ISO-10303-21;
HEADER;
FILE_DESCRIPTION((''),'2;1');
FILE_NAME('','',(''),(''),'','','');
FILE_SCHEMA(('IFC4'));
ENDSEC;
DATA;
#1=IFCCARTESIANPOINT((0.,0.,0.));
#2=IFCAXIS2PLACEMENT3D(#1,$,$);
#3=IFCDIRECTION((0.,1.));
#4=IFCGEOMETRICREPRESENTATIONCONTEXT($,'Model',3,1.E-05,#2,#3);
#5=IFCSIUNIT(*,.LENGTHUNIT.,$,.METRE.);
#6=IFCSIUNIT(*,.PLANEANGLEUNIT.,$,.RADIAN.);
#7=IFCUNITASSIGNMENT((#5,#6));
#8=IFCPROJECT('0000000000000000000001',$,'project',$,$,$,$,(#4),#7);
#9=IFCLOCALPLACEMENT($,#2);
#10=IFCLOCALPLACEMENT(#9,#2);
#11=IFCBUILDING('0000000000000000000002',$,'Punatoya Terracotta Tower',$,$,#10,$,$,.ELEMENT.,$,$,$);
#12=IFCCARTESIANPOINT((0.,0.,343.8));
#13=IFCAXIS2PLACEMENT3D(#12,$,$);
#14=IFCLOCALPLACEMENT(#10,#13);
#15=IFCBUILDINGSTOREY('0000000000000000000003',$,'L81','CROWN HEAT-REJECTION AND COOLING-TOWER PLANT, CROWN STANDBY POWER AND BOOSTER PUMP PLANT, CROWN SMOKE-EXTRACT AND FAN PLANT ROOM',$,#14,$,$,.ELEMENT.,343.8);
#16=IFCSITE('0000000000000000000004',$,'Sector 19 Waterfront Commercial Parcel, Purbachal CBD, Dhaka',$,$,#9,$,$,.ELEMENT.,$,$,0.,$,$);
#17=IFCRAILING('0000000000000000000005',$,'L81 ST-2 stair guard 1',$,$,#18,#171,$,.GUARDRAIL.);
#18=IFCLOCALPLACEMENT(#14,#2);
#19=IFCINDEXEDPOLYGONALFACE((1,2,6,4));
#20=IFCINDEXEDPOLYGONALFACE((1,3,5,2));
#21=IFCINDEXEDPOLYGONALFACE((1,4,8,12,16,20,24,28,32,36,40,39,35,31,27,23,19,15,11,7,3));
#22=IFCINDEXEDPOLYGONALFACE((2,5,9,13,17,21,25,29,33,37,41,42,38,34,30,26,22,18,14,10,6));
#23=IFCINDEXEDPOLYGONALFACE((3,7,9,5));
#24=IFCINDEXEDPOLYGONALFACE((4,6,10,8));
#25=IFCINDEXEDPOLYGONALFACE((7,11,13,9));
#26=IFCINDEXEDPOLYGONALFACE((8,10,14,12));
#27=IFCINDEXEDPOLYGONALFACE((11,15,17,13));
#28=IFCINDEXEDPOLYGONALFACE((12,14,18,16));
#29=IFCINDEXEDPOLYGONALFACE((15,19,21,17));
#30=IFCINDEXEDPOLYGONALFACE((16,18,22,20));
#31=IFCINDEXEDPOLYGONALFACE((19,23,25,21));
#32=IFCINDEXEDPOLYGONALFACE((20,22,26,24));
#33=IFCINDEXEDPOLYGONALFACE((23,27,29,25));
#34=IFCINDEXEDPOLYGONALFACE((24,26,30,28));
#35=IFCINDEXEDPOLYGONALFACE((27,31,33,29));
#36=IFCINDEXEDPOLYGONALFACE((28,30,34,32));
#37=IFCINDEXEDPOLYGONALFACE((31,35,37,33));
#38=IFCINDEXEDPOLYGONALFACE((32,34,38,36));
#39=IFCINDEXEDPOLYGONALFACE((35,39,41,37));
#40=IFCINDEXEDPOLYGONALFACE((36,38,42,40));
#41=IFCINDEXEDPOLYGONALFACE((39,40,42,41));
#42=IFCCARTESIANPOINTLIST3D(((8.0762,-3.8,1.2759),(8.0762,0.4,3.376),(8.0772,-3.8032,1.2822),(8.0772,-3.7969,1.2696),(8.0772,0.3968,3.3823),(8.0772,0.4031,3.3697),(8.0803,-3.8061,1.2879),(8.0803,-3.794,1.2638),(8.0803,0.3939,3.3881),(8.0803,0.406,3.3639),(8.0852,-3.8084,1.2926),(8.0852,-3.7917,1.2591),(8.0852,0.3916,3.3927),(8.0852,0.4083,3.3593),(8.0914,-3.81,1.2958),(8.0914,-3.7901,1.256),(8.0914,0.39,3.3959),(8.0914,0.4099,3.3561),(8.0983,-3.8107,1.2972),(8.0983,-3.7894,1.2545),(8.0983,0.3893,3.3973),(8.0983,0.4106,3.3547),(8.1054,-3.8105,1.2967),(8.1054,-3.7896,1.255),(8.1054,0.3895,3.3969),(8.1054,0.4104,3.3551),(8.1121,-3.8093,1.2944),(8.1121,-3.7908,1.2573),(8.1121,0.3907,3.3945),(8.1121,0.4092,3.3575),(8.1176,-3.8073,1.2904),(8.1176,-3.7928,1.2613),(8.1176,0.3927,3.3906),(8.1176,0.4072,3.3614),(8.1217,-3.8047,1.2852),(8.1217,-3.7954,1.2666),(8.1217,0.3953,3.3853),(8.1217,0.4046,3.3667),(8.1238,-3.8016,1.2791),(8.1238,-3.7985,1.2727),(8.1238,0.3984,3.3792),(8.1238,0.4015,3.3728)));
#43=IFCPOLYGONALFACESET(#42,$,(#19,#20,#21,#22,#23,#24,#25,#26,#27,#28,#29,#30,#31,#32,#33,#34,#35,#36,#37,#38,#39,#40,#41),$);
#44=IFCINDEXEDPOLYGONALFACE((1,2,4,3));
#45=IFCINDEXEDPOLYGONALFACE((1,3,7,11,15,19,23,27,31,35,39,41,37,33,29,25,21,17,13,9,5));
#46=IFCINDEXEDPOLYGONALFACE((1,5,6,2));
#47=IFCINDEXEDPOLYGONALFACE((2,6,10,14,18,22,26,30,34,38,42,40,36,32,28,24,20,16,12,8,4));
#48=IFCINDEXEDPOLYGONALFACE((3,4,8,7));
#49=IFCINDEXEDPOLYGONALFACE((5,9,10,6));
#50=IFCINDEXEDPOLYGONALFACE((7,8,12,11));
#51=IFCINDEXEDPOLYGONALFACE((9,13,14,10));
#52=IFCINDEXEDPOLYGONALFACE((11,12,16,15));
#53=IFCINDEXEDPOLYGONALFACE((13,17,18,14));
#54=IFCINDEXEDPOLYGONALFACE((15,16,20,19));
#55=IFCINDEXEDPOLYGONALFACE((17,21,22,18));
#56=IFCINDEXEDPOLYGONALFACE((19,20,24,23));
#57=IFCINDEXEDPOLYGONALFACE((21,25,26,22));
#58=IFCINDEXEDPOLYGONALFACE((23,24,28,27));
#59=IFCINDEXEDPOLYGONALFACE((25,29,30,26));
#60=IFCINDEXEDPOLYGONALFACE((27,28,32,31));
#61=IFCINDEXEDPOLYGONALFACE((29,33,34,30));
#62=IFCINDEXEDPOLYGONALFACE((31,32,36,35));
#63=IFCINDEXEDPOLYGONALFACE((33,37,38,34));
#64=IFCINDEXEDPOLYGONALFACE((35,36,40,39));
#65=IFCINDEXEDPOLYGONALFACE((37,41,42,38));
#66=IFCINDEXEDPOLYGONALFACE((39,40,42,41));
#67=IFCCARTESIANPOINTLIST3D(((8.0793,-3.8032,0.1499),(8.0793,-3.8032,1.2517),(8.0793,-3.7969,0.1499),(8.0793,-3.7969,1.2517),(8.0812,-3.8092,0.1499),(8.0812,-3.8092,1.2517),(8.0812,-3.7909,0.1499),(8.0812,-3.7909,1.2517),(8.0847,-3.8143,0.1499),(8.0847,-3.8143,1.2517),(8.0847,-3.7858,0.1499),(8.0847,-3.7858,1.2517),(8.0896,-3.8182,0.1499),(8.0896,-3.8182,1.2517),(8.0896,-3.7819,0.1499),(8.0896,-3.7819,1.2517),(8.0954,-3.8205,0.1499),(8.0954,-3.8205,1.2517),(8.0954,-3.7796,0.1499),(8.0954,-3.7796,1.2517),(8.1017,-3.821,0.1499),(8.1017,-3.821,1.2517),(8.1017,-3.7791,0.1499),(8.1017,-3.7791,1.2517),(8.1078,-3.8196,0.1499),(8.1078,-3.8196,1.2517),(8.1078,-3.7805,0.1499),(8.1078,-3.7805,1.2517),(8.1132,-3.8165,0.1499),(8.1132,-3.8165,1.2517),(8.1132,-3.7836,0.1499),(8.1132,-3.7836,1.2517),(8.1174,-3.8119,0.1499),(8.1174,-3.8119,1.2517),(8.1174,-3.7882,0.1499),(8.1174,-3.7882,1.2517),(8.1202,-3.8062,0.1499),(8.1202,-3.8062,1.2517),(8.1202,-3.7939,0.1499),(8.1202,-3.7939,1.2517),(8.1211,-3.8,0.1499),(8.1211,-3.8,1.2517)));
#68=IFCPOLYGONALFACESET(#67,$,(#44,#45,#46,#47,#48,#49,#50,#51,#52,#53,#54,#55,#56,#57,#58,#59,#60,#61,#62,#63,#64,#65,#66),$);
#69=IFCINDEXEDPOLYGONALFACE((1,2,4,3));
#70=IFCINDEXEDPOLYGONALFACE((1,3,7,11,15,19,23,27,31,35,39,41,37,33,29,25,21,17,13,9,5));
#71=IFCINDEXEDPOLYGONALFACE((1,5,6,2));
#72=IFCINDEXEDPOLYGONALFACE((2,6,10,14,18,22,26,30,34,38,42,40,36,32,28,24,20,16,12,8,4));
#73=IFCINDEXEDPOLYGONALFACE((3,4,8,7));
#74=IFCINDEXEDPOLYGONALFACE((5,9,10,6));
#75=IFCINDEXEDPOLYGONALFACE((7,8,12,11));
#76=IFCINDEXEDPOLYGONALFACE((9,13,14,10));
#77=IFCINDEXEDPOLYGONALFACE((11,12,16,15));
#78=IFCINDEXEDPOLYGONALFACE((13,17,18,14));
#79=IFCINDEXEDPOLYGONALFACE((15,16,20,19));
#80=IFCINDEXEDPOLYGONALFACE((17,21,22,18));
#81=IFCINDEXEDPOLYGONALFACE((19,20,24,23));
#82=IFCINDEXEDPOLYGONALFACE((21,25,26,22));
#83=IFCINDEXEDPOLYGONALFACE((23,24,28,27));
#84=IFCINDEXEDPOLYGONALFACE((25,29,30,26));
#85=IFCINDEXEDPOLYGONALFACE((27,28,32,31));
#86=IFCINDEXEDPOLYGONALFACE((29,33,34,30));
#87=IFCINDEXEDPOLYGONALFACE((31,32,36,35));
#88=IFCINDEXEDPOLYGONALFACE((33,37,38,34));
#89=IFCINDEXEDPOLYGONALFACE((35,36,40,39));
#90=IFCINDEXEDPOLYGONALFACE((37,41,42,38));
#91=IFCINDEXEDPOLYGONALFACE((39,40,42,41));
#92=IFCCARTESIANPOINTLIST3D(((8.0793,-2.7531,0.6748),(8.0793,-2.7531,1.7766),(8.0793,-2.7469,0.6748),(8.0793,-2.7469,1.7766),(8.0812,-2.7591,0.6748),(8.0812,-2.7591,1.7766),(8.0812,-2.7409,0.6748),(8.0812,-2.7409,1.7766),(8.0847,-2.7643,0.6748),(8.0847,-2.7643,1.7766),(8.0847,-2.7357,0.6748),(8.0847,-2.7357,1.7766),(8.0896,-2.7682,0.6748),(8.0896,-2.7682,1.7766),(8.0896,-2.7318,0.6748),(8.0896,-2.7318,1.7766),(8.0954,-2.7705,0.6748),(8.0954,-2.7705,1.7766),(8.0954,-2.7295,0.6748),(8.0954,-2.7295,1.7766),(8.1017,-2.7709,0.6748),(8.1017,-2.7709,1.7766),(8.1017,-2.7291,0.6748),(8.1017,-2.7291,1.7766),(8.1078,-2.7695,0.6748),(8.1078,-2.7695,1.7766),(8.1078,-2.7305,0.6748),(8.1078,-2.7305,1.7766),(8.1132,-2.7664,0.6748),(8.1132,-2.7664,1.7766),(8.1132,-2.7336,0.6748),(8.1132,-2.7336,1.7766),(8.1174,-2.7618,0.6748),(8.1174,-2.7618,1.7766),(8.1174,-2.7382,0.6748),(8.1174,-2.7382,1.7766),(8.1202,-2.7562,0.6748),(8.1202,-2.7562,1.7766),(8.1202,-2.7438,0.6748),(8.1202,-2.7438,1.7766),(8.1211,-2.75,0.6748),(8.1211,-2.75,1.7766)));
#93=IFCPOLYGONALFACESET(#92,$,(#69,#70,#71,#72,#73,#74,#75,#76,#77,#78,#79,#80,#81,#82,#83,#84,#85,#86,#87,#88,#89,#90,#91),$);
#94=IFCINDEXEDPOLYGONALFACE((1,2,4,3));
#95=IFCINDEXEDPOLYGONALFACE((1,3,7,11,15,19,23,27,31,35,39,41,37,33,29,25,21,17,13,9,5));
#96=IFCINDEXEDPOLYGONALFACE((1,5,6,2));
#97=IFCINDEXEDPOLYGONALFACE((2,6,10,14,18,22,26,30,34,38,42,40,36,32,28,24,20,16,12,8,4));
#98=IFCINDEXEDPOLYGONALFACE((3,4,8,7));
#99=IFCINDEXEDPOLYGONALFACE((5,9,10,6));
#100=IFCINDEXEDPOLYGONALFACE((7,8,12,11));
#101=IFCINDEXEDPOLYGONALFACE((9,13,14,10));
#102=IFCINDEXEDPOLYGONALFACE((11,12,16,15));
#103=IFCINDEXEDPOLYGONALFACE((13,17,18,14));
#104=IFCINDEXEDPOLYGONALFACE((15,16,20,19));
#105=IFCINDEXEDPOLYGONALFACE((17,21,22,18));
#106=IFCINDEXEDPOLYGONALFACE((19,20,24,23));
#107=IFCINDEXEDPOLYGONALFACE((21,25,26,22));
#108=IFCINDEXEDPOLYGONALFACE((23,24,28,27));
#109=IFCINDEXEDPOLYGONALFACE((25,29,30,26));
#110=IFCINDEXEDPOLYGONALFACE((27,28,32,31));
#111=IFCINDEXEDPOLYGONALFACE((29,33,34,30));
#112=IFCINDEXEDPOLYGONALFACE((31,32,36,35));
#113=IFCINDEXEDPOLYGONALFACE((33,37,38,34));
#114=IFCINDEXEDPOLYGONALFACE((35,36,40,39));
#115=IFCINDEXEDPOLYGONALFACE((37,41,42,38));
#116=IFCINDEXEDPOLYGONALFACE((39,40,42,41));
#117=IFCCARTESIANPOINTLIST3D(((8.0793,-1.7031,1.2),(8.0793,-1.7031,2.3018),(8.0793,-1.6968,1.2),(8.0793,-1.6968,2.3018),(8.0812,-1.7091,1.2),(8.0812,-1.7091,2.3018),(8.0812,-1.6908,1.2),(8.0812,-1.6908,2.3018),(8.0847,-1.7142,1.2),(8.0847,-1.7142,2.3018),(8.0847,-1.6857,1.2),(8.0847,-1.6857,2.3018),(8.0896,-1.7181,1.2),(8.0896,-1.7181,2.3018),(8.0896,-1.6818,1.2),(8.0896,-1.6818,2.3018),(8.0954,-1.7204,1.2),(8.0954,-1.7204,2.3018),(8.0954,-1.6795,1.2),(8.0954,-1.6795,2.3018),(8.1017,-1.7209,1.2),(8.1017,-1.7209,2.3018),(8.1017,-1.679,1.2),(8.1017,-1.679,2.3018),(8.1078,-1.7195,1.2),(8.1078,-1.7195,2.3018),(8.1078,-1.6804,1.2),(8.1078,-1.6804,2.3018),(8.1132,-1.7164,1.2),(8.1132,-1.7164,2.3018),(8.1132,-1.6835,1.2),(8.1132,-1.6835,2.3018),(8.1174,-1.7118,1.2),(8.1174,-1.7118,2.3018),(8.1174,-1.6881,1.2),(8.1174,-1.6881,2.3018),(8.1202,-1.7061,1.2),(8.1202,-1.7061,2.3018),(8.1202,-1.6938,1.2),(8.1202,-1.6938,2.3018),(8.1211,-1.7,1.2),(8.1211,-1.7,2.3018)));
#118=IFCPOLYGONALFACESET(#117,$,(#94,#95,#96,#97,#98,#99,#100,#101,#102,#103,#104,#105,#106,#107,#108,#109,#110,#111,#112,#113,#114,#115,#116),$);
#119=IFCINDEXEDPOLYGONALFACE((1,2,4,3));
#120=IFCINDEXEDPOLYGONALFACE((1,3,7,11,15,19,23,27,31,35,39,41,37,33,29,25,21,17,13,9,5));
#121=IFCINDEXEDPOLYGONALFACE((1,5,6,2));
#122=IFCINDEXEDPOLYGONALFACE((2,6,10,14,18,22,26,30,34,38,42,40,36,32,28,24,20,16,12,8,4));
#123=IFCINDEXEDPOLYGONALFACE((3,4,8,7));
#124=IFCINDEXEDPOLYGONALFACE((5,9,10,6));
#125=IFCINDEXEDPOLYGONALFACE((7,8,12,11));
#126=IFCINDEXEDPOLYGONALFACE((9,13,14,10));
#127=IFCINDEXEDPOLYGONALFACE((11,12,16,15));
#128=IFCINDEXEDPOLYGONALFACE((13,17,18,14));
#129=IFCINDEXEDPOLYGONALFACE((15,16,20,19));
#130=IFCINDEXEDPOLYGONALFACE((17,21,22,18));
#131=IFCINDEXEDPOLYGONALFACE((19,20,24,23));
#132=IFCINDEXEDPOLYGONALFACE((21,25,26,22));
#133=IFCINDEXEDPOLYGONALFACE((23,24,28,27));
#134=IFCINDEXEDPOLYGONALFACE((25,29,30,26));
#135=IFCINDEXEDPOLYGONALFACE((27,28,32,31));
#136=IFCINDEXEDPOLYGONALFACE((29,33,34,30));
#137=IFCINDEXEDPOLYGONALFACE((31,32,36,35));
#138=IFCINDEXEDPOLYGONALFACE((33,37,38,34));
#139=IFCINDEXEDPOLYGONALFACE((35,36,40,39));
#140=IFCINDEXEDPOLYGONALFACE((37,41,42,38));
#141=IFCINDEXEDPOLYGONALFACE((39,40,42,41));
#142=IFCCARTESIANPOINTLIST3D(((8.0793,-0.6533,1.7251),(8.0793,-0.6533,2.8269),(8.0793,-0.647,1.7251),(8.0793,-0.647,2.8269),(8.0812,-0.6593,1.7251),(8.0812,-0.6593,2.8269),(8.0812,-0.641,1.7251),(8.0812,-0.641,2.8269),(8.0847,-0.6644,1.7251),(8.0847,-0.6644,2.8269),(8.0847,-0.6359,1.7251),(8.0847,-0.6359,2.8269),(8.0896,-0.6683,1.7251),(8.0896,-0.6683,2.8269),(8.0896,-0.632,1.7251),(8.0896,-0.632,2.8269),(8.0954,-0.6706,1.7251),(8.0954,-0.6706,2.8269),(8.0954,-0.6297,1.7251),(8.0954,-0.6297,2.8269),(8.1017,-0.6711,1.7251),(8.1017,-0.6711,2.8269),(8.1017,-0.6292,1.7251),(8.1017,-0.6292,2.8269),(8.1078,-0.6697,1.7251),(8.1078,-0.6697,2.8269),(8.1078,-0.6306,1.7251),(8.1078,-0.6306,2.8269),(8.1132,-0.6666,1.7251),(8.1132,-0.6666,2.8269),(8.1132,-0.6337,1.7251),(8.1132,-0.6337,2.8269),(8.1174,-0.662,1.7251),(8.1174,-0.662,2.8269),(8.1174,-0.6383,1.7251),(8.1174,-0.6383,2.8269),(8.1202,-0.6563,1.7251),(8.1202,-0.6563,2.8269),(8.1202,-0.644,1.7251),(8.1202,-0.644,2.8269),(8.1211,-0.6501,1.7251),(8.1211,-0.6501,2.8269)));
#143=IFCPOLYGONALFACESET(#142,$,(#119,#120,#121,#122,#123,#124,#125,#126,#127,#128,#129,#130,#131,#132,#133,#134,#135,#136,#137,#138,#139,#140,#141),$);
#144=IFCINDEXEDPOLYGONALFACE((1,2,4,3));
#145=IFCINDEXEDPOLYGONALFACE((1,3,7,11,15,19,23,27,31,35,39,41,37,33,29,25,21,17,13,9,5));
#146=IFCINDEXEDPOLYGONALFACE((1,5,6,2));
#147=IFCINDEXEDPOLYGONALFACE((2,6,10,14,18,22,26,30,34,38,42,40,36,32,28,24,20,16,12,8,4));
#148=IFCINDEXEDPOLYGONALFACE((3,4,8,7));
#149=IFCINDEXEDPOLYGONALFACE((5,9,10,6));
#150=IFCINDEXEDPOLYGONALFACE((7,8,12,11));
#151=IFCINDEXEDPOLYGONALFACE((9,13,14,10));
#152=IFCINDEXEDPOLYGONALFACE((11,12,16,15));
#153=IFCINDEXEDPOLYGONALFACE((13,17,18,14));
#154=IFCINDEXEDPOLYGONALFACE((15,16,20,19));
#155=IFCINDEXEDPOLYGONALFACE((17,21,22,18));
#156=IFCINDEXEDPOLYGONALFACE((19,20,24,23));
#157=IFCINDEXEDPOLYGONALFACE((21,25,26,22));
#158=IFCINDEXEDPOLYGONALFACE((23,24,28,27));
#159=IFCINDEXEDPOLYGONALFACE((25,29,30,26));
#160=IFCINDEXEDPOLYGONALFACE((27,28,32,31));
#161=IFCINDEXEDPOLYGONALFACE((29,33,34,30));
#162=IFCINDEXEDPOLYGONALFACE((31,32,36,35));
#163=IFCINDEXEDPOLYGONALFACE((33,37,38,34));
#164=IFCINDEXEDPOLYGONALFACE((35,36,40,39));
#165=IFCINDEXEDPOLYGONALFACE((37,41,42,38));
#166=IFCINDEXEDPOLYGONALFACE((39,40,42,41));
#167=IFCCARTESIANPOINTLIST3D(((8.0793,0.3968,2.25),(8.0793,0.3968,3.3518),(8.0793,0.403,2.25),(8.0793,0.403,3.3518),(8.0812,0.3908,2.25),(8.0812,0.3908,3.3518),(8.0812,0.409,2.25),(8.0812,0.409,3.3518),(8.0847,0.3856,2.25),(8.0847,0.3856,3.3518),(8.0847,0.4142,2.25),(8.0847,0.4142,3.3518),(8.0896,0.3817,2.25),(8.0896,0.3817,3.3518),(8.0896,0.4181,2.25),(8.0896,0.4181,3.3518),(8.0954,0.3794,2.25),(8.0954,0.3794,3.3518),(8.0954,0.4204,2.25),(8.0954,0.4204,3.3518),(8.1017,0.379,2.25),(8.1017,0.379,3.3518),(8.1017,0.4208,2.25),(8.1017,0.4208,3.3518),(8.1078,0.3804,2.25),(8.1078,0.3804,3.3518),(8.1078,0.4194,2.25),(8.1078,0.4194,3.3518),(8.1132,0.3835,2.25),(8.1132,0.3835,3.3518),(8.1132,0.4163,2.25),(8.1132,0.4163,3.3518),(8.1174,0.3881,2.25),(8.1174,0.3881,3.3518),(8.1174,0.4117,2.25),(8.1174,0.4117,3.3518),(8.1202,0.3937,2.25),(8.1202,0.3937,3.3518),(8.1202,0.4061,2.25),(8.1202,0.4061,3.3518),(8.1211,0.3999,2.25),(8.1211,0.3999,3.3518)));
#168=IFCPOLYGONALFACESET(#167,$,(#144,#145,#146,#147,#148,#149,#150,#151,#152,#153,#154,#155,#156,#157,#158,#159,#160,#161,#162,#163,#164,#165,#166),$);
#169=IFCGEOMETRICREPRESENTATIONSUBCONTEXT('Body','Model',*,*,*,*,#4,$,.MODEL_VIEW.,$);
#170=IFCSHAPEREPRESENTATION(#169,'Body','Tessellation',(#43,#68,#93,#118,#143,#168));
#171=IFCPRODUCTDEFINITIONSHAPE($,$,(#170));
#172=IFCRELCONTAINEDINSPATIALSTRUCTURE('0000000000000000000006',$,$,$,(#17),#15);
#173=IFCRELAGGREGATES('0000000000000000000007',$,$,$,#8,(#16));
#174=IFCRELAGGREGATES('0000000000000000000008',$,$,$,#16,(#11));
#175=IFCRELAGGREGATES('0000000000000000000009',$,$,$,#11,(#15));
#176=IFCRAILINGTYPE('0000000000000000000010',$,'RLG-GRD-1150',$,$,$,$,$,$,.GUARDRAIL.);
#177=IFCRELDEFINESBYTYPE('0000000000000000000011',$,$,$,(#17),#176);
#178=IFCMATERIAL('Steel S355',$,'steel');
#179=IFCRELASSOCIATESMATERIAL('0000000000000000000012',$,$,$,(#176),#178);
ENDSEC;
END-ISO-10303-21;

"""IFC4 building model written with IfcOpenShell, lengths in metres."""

from ifc_helpers import new_model, si_unit, direction, frame, origin, origin_2d, place, context, subcontext, project, spatial, circle, extrude, material, type_object, element, save


model = new_model("IFC4")

# Units and contexts
model_context = context("Model", 3, precision=1e-05, world=origin(), true_north=direction((0.0, 1.0)))
body_context = subcontext(model_context, "Body", "Model", "MODEL_VIEW")
ifc_project = project(units=[si_unit("LENGTHUNIT", "METRE"), si_unit("PLANEANGLEUNIT", "RADIAN")], contexts=[model_context])

# Site, building, storey
site_placement = place(None, origin())
site = spatial("IfcSite", under=ifc_project, at=site_placement, Name="Sector 19 Waterfront Commercial Parcel, Purbachal CBD, Dhaka", CompositionType="ELEMENT", RefElevation=0.0)
building_placement = place(site_placement, origin())
building = spatial("IfcBuilding", under=site, at=building_placement, Name="Punatoya Terracotta Tower", CompositionType="ELEMENT")
storey_placement = place(building_placement, frame((0.0, 0.0, 343.8)))
storey = spatial("IfcBuildingStorey", under=building, at=storey_placement, Name="L81", Description="CROWN HEAT-REJECTION AND COOLING-TOWER PLANT, CROWN STANDBY POWER AND BOOSTER PUMP PLANT, CROWN SMOKE-EXTRACT AND FAN PLANT ROOM", CompositionType="ELEMENT", Elevation=343.8)

# Railing
ifc_material_1 = material(Name="Steel S355", Category="steel")
railing_type_1 = type_object("IfcRailingType", Name="RLG-GRD-1150", PredefinedType="GUARDRAIL", material=ifc_material_1)
railing_1_placement = place(storey_placement, frame((8.1001, -3.8, 0.1499)))
element("IfcRailing", 1, at=railing_1_placement, inside=storey, type_object=railing_type_1, Name="L81 ST-2 stair guard 1", PredefinedType="GUARDRAIL", context=body_context, shape_type="SweptSolid", body=[
    extrude(circle(Radius=0.0239, at=origin_2d()), frame((0.0, 0.0, 1.126), z_axis=(0.0, 0.894417, 0.447234), x_axis=(-1.0, 0.0, 0.0)), (0.0, 0.0, 1.0), 4.6958),
    extrude(circle(Radius=0.021, at=origin_2d()), origin(), (0.0, 0.0, 1.0), 1.1018),
    extrude(circle(Radius=0.021, at=origin_2d()), frame((0.0, 1.05, 0.5249)), (0.0, 0.0, 1.0), 1.1018),
    extrude(circle(Radius=0.021, at=origin_2d()), frame((0.0, 2.1001, 1.05)), (0.0, 0.0, 1.0), 1.1018),
    extrude(circle(Radius=0.021, at=origin_2d()), frame((0.0, 3.1499, 1.5752)), (0.0, 0.0, 1.0), 1.1018),
    extrude(circle(Radius=0.021, at=origin_2d()), frame((0.0, 4.2, 2.1001)), (0.0, 0.0, 1.0), 1.1018),
])

save(model, "model.ifc")
